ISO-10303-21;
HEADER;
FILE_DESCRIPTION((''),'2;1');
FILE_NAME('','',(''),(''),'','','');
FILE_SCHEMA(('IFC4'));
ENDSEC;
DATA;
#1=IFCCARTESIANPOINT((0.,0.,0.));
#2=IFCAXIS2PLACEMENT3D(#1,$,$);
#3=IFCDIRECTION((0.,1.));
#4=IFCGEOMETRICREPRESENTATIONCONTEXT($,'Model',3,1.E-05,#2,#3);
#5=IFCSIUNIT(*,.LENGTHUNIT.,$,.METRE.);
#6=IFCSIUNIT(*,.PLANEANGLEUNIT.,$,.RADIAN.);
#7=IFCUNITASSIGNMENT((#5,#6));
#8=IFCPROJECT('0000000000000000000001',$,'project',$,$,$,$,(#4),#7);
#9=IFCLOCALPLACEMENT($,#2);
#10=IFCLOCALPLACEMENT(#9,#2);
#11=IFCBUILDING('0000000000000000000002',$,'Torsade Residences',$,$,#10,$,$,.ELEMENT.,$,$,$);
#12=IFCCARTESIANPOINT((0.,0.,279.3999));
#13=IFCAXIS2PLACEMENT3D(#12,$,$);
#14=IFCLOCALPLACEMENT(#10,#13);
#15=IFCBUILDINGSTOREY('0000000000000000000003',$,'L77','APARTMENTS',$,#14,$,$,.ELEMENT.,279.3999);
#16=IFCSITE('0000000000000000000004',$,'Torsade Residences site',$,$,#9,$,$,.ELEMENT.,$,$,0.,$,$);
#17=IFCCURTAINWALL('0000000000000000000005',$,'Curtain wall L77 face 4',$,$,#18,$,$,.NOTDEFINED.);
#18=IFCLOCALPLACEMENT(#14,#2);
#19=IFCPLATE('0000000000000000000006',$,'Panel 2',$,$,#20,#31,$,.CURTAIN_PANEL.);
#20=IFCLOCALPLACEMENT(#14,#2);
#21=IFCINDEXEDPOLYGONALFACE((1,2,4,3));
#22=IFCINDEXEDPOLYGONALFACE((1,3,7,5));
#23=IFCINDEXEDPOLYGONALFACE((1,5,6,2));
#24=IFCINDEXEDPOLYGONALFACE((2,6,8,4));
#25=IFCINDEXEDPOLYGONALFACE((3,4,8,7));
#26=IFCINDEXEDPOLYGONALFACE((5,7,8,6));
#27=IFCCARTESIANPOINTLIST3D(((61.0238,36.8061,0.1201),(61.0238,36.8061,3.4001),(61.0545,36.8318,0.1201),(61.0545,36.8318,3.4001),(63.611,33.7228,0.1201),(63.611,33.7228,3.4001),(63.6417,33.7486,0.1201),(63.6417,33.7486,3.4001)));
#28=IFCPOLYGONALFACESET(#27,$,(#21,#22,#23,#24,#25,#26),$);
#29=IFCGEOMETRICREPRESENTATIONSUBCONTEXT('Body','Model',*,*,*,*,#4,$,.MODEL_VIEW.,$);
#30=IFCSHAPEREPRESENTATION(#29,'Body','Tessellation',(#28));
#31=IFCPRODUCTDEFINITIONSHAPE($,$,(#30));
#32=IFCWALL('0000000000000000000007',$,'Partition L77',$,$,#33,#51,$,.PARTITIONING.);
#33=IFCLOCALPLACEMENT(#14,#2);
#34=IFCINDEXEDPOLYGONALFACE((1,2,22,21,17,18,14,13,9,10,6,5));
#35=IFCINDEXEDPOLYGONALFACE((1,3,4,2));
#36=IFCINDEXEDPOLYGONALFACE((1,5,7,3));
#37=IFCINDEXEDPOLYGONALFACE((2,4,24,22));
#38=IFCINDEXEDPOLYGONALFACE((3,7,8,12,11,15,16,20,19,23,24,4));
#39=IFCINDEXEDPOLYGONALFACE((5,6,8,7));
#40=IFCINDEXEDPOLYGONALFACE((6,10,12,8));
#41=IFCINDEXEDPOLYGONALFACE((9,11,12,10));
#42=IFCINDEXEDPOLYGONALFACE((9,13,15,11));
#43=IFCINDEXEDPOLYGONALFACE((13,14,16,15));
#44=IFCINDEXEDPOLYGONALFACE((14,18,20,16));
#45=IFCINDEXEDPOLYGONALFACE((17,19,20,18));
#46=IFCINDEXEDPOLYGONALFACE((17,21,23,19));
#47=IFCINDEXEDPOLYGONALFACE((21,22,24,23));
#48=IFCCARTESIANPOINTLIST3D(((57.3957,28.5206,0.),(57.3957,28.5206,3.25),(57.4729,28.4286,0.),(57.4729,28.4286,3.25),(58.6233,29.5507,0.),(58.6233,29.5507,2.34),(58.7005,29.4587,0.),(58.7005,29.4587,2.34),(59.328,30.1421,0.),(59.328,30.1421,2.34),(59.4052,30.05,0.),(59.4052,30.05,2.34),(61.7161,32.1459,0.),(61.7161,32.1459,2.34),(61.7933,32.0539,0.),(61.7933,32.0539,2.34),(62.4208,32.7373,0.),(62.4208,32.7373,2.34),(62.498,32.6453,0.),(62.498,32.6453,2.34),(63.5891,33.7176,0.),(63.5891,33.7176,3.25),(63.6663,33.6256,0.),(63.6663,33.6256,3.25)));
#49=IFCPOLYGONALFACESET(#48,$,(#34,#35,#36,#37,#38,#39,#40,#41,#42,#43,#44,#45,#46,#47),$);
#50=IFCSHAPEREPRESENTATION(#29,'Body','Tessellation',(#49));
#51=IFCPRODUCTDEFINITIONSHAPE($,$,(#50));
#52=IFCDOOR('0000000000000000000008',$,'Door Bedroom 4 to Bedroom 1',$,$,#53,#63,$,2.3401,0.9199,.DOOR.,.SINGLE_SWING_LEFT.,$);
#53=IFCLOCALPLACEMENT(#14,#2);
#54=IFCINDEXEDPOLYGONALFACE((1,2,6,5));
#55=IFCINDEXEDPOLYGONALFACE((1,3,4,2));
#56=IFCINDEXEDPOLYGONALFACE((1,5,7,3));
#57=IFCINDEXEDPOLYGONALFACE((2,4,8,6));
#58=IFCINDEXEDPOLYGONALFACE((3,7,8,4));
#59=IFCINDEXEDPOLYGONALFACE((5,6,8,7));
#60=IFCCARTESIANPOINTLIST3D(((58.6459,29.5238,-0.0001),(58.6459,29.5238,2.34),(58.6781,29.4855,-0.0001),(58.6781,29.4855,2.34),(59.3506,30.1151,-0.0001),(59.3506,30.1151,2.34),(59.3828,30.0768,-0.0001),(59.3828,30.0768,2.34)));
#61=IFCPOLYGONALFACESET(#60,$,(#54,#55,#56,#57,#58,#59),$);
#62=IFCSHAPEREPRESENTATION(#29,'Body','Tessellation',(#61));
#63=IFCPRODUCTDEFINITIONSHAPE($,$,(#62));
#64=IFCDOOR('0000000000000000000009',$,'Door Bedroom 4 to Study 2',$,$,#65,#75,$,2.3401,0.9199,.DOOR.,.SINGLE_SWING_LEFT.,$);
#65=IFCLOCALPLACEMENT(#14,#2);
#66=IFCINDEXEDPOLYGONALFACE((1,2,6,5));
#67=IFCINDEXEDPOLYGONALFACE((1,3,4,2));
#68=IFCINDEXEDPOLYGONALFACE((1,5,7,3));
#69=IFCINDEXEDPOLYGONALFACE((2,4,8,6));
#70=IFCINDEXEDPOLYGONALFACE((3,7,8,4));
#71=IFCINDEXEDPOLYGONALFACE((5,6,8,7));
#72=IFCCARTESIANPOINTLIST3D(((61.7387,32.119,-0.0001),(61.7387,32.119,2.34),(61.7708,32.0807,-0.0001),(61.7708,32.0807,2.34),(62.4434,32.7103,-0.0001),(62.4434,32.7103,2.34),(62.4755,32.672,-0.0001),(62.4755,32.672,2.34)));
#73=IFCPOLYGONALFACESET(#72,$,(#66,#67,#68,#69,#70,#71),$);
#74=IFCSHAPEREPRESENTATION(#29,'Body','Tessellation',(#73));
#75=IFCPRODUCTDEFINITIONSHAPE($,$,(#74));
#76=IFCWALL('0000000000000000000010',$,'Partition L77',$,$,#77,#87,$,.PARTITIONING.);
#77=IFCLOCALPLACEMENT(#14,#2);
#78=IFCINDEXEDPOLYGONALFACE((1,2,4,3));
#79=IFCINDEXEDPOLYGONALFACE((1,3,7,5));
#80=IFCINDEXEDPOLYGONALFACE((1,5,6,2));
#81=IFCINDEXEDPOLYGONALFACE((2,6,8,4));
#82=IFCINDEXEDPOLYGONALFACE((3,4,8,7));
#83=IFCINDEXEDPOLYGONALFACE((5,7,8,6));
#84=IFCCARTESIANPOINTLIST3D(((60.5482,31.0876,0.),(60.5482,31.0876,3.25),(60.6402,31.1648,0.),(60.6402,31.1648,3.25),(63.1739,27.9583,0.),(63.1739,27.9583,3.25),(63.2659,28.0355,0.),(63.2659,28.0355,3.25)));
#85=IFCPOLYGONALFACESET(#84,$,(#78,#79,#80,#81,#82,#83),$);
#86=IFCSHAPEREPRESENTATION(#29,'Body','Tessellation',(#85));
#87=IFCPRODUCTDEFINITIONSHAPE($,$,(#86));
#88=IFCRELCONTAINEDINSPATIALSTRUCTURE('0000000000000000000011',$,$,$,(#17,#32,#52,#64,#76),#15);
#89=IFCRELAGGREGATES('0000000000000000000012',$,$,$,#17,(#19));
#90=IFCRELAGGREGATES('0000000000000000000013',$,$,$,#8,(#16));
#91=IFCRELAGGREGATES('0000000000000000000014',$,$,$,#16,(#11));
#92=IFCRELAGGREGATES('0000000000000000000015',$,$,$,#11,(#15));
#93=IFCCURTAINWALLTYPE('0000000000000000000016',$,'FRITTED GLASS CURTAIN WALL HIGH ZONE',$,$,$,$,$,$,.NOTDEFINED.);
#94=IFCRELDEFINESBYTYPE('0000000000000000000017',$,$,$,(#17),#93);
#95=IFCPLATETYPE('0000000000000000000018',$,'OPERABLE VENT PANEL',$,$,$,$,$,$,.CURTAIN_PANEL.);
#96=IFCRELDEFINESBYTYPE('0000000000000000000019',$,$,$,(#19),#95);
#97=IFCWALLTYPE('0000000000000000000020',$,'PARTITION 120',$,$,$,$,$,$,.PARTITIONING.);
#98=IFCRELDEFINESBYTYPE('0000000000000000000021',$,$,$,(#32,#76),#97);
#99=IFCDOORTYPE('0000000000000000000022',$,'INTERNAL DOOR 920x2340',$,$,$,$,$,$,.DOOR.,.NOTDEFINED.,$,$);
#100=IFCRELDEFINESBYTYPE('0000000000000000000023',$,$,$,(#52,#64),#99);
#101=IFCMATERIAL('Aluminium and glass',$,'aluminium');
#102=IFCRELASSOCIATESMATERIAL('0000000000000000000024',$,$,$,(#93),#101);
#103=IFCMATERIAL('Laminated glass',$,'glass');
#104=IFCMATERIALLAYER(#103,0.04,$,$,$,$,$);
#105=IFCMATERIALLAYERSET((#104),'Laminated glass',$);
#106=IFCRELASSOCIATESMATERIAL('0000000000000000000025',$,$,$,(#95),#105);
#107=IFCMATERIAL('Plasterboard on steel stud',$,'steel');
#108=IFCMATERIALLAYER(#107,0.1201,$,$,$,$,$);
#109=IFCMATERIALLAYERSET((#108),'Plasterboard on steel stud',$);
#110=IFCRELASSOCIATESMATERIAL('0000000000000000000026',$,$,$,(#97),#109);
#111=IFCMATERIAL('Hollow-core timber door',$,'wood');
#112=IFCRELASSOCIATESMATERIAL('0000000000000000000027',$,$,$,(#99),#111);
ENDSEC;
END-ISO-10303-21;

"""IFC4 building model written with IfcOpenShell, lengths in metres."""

from ifc_helpers import new_model, si_unit, direction, frame, frame_2d, origin, origin_2d, place, context, subcontext, project, spatial, rectangle, extrude, material, layer, layer_set, type_object, element, fill, aggregate, save


model = new_model("IFC4")

# Units and contexts
model_context = context("Model", 3, precision=1e-05, world=origin(), true_north=direction((0.0, 1.0)))
body_context = subcontext(model_context, "Body", "Model", "MODEL_VIEW")
ifc_project = project(units=[si_unit("LENGTHUNIT", "METRE"), si_unit("PLANEANGLEUNIT", "RADIAN")], contexts=[model_context])

# Site, building, storey
site_placement = place(None, origin())
site = spatial("IfcSite", under=ifc_project, at=site_placement, Name="Torsade Residences site", CompositionType="ELEMENT", RefElevation=0.0)
building_placement = place(site_placement, origin())
building = spatial("IfcBuilding", under=site, at=building_placement, Name="Torsade Residences", CompositionType="ELEMENT")
storey_placement = place(building_placement, frame((0.0, 0.0, 279.3999)))
storey = spatial("IfcBuildingStorey", under=building, at=storey_placement, Name="L77", Description="APARTMENTS", CompositionType="ELEMENT", Elevation=279.3999)

# Curtain wall
ifc_material_1 = material(Name="Aluminium and glass", Category="aluminium")
curtain_wall_type = type_object("IfcCurtainWallType", Name="FRITTED GLASS CURTAIN WALL HIGH ZONE", PredefinedType="NOTDEFINED", material=ifc_material_1)
curtain_wall_placement = place(storey_placement, origin())
curtain_wall = element("IfcCurtainWall", 1, at=curtain_wall_placement, inside=storey, type_object=curtain_wall_type, Name="Curtain wall L77 face 4", PredefinedType="NOTDEFINED")

# Plate
ifc_material_2 = material(Name="Laminated glass", Category="glass")
ifc_layer_1 = layer(ifc_material_2, 0.04)
ifc_layer_set_1 = layer_set([ifc_layer_1], Name="Laminated glass")
plate_type_1 = type_object("IfcPlateType", Name="OPERABLE VENT PANEL", PredefinedType="CURTAIN_PANEL", material=ifc_layer_set_1)
plate_1_placement = place(storey_placement, frame((62.3328, 35.2773, 0.1201), z_axis=(0.0, 0.0, 1.0), x_axis=(-0.642788, 0.766044, 0.0)))
plate_1 = element("IfcPlate", 2, at=plate_1_placement, type_object=plate_type_1, Name="Panel 2", PredefinedType="CURTAIN_PANEL", context=body_context, shape_type="SweptSolid", body=[
    extrude(rectangle(XDim=4.0249, YDim=0.04, at=origin_2d()), origin(), (0.0, 0.0, 1.0), 3.28),
])
aggregate(curtain_wall, [plate_1])

# Wall, openings, doors
ifc_material_3 = material(Name="Plasterboard on steel stud", Category="steel")
ifc_layer_2 = layer(ifc_material_3, 0.1201)
ifc_layer_set_2 = layer_set([ifc_layer_2], Name="Plasterboard on steel stud")
wall_type = type_object("IfcWallType", Name="PARTITION 120", PredefinedType="PARTITIONING", material=ifc_layer_set_2)
wall_1_placement = place(storey_placement, frame((57.4343, 28.4746, 0.0), z_axis=(0.0, 0.0, 1.0), x_axis=(0.766034, 0.6428, 0.0)))
wall_1 = element("IfcWall", 3, at=wall_1_placement, inside=storey, type_object=wall_type, Name="Partition L77", PredefinedType="PARTITIONING", context=body_context, shape_type="SweptSolid", body=[
    extrude(rectangle(XDim=8.085, YDim=0.1201, at=frame_2d((4.0425, 0.0))), origin(), (0.0, 0.0, 1.0), 3.25),
])
opening_1_placement = place(wall_1_placement, frame((1.6025, 0.0, 0.0)))
opening_1 = element("IfcOpeningElement", 4, at=opening_1_placement, cuts=wall_1, PredefinedType="OPENING", context=body_context, shape_type="SweptSolid", body=[
    extrude(rectangle(XDim=0.9199, YDim=2.3401, at=frame_2d((0.46, 1.1699))), frame((0.0, 0.0701, 0.0), z_axis=(0.0, -1.0, 0.0), x_axis=(1.0, 0.0, 0.0)), (0.0, 0.0, 1.0), 0.1401),
])
opening_2_placement = place(wall_1_placement, frame((5.6399, 0.0, 0.0)))
opening_2 = element("IfcOpeningElement", 5, at=opening_2_placement, cuts=wall_1, PredefinedType="OPENING", context=body_context, shape_type="SweptSolid", body=[
    extrude(rectangle(XDim=0.9199, YDim=2.3401, at=frame_2d((0.46, 1.1699))), frame((0.0, 0.0701, 0.0), z_axis=(0.0, -1.0, 0.0), x_axis=(1.0, 0.0, 0.0)), (0.0, 0.0, 1.0), 0.1401),
])
ifc_material_4 = material(Name="Hollow-core timber door", Category="wood")
door_type = type_object("IfcDoorType", Name="INTERNAL DOOR 920x2340", OperationType="NOTDEFINED", PredefinedType="DOOR", material=ifc_material_4)
door_1_placement = place(opening_1_placement, origin())
door_1 = element("IfcDoor", 6, at=door_1_placement, inside=storey, type_object=door_type, Name="Door Bedroom 4 to Bedroom 1", OperationType="SINGLE_SWING_LEFT", OverallHeight=2.3401, OverallWidth=0.9199, PredefinedType="DOOR", context=body_context, shape_type="SweptSolid", body=[
    extrude(rectangle(XDim=0.9199, YDim=2.3401, at=frame_2d((0.46, 1.1699))), frame((0.0, 0.0249, 0.0), z_axis=(0.0, -1.0, 0.0), x_axis=(1.0, 0.0, 0.0)), (0.0, 0.0, 1.0), 0.05),
])
fill(opening_1, door_1)
door_2_placement = place(opening_2_placement, origin())
door_2 = element("IfcDoor", 7, at=door_2_placement, inside=storey, type_object=door_type, Name="Door Bedroom 4 to Study 2", OperationType="SINGLE_SWING_LEFT", OverallHeight=2.3401, OverallWidth=0.9199, PredefinedType="DOOR", context=body_context, shape_type="SweptSolid", body=[
    extrude(rectangle(XDim=0.9199, YDim=2.3401, at=frame_2d((0.46, 1.1699))), frame((0.0, 0.0249, 0.0), z_axis=(0.0, -1.0, 0.0), x_axis=(1.0, 0.0, 0.0)), (0.0, 0.0, 1.0), 0.05),
])
fill(opening_2, door_2)

# Wall
wall_2_placement = place(storey_placement, frame((60.5942, 31.1262, 0.0), z_axis=(0.0, 0.0, 1.0), x_axis=(0.642767, -0.766061, 0.0)))
element("IfcWall", 8, at=wall_2_placement, inside=storey, type_object=wall_type, Name="Partition L77", PredefinedType="PARTITIONING", context=body_context, shape_type="SweptSolid", body=[
    extrude(rectangle(XDim=4.085, YDim=0.1201, at=frame_2d((2.0425, 0.0))), origin(), (0.0, 0.0, 1.0), 3.25),
])

save(model, "model.ifc")
